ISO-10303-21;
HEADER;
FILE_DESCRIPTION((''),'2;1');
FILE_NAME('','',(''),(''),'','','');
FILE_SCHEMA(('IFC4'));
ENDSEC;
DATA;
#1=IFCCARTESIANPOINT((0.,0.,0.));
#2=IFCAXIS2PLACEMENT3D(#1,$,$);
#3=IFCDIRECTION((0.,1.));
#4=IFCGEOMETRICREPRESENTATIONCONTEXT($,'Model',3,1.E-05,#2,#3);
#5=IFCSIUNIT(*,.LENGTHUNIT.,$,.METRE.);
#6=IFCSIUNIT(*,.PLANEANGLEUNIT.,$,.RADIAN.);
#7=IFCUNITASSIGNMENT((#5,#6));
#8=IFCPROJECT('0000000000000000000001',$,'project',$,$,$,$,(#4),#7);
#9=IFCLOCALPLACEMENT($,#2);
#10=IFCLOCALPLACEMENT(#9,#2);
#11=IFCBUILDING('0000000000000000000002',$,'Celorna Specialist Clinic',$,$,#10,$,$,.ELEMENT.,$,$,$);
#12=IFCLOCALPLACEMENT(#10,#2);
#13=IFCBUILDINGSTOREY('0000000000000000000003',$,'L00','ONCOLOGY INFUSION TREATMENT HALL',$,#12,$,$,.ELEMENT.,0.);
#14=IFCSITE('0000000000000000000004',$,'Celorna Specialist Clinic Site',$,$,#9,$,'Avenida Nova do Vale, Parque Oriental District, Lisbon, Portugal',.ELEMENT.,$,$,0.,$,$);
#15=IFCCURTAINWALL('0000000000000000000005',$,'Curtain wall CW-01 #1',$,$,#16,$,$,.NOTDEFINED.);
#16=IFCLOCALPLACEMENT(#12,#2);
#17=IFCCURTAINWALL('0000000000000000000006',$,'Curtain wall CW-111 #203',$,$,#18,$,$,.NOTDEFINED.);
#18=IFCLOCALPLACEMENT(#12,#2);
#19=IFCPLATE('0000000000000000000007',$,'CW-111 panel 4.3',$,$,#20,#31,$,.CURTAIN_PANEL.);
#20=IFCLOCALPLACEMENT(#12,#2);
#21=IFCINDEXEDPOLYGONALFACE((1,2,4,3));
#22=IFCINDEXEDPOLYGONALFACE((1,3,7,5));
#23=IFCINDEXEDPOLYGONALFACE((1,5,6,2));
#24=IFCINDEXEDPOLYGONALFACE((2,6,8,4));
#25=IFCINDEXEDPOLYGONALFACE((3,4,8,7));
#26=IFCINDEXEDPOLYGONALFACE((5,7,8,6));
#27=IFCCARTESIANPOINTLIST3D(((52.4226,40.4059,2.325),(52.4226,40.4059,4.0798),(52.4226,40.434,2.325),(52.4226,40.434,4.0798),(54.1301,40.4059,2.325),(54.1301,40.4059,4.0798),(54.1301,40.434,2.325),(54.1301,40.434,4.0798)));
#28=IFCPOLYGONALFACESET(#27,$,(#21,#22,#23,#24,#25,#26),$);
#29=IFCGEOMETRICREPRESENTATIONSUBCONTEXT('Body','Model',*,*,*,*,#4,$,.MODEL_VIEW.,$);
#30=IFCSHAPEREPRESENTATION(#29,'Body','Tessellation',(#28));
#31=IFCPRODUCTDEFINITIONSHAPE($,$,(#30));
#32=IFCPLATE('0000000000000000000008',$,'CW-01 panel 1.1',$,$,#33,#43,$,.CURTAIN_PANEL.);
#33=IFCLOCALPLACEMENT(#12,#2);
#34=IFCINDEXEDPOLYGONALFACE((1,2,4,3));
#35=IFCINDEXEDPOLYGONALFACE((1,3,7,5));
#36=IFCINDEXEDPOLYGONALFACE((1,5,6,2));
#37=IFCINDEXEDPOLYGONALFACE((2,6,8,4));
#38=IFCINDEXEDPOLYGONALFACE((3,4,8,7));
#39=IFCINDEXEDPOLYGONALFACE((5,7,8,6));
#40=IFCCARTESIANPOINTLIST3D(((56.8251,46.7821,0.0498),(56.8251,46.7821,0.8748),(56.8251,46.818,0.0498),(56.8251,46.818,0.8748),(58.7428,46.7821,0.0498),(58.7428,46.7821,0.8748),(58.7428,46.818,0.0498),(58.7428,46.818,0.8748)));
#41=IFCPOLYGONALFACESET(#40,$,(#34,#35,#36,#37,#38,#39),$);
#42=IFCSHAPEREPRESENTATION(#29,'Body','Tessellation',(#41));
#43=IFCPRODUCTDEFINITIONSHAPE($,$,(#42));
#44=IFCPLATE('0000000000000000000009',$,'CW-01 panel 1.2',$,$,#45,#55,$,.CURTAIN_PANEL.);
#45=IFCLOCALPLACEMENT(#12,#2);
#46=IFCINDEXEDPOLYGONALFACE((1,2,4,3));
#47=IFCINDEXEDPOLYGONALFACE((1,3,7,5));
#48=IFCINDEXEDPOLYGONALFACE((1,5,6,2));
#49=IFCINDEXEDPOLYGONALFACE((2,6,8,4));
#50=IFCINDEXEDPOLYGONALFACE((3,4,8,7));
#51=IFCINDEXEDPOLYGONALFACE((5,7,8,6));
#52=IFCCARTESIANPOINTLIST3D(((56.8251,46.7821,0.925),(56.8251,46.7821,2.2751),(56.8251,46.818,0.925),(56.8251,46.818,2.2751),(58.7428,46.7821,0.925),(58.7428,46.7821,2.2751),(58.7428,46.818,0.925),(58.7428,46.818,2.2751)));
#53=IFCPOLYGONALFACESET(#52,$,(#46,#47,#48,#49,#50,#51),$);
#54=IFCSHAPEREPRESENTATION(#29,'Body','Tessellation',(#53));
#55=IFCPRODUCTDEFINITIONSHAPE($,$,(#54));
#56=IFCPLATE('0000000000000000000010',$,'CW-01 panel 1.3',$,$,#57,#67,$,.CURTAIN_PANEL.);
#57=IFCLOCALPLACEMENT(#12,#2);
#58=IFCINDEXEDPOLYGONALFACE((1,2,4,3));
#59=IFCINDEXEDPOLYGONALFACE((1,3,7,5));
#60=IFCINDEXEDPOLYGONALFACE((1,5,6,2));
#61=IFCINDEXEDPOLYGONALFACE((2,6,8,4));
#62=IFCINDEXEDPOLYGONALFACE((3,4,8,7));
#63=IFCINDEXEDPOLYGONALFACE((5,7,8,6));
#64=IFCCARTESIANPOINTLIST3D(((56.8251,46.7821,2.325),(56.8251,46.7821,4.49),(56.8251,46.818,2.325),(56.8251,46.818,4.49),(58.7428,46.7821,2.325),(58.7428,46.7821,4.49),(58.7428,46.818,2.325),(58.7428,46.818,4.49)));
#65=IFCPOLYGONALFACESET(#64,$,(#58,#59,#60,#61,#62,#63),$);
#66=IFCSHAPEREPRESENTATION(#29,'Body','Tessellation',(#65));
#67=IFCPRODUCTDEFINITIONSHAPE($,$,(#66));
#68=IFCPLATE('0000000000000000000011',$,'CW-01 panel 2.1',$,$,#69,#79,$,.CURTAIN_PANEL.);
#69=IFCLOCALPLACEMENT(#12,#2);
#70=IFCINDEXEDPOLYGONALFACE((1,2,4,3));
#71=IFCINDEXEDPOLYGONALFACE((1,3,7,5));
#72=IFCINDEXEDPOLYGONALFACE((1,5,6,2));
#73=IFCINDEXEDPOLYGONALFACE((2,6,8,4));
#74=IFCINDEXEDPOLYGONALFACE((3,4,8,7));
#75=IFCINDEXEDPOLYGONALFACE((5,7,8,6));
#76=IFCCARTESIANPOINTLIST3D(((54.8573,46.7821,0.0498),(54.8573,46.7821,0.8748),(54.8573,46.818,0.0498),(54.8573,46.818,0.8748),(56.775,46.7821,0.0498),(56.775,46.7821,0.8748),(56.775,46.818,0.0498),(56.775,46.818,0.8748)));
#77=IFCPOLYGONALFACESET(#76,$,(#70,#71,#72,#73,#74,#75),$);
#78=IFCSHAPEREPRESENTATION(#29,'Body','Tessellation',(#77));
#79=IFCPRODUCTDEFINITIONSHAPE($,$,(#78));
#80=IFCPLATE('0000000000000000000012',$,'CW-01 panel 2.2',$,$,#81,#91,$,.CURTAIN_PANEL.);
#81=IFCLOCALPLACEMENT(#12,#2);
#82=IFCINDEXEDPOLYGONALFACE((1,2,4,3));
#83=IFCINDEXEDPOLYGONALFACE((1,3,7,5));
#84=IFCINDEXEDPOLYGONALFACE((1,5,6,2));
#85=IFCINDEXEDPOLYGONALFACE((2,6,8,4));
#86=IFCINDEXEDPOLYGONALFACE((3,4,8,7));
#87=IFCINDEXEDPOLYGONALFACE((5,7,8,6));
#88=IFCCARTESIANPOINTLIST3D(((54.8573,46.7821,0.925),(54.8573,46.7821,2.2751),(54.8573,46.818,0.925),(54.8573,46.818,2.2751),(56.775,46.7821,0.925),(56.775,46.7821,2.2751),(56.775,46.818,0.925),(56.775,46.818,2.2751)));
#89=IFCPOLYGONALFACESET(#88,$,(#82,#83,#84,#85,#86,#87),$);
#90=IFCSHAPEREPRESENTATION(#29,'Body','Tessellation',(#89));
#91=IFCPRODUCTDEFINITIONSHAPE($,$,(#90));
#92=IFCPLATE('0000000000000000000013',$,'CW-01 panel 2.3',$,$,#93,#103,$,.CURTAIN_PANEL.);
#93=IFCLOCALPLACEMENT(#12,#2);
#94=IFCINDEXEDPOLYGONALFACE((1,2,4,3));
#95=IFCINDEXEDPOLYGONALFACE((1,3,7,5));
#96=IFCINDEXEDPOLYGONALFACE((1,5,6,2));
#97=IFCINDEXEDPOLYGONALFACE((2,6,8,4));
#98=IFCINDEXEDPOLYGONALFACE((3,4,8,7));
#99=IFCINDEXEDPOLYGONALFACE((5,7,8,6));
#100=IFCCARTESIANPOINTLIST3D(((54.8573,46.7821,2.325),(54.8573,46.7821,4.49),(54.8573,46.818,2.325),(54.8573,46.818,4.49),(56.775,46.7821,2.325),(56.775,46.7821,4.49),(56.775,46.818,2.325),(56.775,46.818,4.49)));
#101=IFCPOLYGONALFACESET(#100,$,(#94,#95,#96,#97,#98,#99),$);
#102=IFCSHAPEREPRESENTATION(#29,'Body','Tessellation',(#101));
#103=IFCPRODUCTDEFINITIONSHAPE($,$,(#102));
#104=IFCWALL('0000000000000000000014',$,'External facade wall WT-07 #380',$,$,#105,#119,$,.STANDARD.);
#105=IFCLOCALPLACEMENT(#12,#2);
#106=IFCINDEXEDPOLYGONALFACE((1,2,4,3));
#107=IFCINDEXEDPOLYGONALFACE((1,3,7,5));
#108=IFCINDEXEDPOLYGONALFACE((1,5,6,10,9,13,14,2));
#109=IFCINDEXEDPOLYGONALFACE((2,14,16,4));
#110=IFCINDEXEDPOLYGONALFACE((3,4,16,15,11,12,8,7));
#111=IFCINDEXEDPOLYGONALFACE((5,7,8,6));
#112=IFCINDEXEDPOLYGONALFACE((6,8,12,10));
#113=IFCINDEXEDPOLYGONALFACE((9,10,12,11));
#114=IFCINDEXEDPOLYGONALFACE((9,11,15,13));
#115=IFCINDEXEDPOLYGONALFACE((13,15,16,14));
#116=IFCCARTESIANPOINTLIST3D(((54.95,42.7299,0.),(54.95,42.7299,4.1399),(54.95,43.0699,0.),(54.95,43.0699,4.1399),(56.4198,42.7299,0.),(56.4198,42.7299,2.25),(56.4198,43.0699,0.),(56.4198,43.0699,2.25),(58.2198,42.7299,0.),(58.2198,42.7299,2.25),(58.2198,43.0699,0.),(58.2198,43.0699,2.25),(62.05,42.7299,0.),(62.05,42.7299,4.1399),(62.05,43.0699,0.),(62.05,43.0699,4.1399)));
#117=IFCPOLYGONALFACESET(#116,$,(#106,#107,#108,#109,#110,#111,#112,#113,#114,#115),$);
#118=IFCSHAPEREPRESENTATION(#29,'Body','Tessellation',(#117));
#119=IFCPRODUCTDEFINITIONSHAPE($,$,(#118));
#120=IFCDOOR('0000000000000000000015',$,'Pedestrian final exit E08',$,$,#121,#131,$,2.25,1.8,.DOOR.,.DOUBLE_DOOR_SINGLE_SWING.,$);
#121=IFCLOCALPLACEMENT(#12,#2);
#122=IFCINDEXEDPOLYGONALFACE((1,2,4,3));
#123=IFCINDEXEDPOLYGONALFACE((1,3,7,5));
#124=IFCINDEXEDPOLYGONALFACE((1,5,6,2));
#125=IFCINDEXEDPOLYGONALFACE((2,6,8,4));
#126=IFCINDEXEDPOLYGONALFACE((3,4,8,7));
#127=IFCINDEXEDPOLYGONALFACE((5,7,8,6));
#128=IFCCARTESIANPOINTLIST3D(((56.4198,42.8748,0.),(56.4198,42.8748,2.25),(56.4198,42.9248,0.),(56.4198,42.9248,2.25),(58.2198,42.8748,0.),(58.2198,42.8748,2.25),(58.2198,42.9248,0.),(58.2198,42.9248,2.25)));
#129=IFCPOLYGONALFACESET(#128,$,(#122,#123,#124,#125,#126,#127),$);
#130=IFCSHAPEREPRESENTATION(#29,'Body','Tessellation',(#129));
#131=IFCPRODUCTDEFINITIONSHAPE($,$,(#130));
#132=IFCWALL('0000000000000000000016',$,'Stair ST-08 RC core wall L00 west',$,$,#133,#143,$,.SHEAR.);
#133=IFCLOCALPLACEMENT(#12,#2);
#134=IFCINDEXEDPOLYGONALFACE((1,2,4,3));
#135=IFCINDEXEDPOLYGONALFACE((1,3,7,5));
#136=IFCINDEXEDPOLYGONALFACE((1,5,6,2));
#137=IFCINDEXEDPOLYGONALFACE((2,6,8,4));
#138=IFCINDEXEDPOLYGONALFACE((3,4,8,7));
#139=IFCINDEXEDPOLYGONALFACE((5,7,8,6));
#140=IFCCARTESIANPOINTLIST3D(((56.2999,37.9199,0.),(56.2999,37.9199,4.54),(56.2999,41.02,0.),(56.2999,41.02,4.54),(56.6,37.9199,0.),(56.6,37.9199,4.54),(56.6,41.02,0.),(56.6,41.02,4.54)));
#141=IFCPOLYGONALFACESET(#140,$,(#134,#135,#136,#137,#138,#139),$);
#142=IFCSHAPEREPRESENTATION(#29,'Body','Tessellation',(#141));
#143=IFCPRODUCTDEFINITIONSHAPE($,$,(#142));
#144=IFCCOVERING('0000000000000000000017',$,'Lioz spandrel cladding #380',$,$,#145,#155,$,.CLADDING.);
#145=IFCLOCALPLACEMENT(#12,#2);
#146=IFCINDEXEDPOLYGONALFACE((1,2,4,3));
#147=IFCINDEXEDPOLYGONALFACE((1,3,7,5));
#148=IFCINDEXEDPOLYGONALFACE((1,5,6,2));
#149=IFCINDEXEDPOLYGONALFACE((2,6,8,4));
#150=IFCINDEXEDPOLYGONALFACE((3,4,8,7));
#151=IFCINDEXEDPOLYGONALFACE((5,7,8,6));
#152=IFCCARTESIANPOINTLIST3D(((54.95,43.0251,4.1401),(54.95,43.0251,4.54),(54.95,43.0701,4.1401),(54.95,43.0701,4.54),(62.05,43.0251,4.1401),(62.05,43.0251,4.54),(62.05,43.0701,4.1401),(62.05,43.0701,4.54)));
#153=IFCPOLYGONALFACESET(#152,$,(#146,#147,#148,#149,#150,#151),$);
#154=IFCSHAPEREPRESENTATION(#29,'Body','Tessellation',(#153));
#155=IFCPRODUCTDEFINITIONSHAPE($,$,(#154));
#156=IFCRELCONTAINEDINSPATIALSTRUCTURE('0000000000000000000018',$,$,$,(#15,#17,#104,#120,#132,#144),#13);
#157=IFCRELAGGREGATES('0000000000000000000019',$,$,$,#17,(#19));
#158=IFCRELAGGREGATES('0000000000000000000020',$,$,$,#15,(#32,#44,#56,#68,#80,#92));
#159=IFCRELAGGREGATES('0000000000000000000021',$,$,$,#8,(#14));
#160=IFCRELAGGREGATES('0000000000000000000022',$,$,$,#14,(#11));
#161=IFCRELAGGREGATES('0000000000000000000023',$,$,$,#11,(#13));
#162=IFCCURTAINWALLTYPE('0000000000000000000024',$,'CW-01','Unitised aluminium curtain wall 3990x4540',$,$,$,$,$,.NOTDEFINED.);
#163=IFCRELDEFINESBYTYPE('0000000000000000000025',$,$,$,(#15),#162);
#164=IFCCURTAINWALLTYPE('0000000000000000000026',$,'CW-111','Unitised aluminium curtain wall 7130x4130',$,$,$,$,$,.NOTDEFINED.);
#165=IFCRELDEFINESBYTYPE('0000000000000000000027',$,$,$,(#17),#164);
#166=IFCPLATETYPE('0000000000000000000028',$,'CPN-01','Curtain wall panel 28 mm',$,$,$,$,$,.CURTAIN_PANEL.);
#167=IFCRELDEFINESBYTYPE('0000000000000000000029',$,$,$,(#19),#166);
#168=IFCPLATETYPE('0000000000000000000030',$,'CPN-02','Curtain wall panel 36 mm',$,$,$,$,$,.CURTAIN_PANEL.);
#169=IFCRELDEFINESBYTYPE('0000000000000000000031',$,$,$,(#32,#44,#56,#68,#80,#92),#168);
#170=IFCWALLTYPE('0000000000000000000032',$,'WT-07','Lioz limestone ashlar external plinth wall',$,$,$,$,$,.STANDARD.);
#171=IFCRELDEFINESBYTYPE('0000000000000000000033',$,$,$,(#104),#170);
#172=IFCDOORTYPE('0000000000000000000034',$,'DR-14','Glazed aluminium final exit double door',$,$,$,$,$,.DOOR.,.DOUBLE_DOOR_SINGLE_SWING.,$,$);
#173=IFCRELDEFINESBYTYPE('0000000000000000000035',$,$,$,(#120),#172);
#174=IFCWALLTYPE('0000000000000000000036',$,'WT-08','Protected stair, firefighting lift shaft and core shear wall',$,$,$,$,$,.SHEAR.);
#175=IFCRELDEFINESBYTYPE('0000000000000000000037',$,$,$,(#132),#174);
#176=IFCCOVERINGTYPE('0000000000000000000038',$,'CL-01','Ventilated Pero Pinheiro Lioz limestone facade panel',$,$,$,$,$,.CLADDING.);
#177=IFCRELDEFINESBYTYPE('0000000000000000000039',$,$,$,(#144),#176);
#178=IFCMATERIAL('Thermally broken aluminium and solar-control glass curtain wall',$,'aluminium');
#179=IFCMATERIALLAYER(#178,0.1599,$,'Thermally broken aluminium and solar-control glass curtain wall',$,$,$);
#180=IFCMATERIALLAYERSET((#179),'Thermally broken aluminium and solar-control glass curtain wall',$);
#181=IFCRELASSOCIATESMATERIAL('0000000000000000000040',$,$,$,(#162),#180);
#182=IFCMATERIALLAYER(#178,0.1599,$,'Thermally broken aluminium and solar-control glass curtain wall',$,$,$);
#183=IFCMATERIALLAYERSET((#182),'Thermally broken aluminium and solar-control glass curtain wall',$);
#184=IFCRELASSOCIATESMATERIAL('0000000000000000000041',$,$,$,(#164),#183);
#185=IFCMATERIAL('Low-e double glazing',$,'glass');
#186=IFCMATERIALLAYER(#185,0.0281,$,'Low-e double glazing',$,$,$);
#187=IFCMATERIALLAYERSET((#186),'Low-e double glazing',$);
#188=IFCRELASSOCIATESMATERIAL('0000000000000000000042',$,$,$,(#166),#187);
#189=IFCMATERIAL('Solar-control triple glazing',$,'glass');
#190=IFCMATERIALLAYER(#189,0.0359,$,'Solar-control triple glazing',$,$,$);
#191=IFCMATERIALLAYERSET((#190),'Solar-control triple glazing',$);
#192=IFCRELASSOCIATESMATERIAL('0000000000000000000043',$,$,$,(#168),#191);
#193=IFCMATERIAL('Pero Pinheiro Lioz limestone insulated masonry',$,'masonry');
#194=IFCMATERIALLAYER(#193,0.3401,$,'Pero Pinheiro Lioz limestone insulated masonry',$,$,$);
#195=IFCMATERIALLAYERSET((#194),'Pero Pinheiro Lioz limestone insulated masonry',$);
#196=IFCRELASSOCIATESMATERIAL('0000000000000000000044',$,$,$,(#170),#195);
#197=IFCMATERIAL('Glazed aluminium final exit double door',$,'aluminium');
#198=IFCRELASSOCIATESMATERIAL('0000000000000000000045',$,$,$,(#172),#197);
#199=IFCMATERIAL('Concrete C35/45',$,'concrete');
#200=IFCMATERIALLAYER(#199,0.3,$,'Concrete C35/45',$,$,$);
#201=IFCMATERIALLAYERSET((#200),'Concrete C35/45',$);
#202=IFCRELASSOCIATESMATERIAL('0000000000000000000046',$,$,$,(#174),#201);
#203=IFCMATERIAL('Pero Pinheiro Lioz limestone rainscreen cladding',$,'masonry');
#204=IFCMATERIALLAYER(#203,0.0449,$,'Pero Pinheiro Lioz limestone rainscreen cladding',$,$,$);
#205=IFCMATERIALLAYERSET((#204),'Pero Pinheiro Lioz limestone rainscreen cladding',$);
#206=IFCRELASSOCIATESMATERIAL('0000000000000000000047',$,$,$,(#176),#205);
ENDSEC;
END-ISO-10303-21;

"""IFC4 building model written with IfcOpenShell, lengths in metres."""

from ifc_helpers import new_model, si_unit, direction, frame, frame_2d, origin, origin_2d, place, context, subcontext, project, spatial, rectangle, extrude, material, layer, layer_set, type_object, element, fill, aggregate, save


model = new_model("IFC4")

# Units and contexts
model_context = context("Model", 3, precision=1e-05, world=origin(), true_north=direction((0.0, 1.0)))
body_context = subcontext(model_context, "Body", "Model", "MODEL_VIEW")
ifc_project = project(units=[si_unit("LENGTHUNIT", "METRE"), si_unit("PLANEANGLEUNIT", "RADIAN")], contexts=[model_context])

# Site, building, storey
site_placement = place(None, origin())
site = spatial("IfcSite", under=ifc_project, at=site_placement, Name="Celorna Specialist Clinic Site", LongName="Avenida Nova do Vale, Parque Oriental District, Lisbon, Portugal", CompositionType="ELEMENT", RefElevation=0.0)
building_placement = place(site_placement, origin())
building = spatial("IfcBuilding", under=site, at=building_placement, Name="Celorna Specialist Clinic", CompositionType="ELEMENT")
storey_placement = place(building_placement, origin())
storey = spatial("IfcBuildingStorey", under=building, at=storey_placement, Name="L00", Description="ONCOLOGY INFUSION TREATMENT HALL", CompositionType="ELEMENT", Elevation=0.0)

# Curtain walls
ifc_material_1 = material(Name="Thermally broken aluminium and solar-control glass curtain wall", Category="aluminium")
ifc_layer_1 = layer(ifc_material_1, 0.1599, Name="Thermally broken aluminium and solar-control glass curtain wall")
ifc_layer_set_1 = layer_set([ifc_layer_1], Name="Thermally broken aluminium and solar-control glass curtain wall")
curtain_wall_type_1 = type_object("IfcCurtainWallType", Name="CW-01", Description="Unitised aluminium curtain wall 3990x4540", PredefinedType="NOTDEFINED", material=ifc_layer_set_1)
curtain_wall_1_placement = place(storey_placement, origin())
curtain_wall_1 = element("IfcCurtainWall", 1, at=curtain_wall_1_placement, inside=storey, type_object=curtain_wall_type_1, Name="Curtain wall CW-01 #1", PredefinedType="NOTDEFINED")
ifc_layer_2 = layer(ifc_material_1, 0.1599, Name="Thermally broken aluminium and solar-control glass curtain wall")
ifc_layer_set_2 = layer_set([ifc_layer_2], Name="Thermally broken aluminium and solar-control glass curtain wall")
curtain_wall_type_2 = type_object("IfcCurtainWallType", Name="CW-111", Description="Unitised aluminium curtain wall 7130x4130", PredefinedType="NOTDEFINED", material=ifc_layer_set_2)
curtain_wall_2_placement = place(storey_placement, origin())
curtain_wall_2 = element("IfcCurtainWall", 2, at=curtain_wall_2_placement, inside=storey, type_object=curtain_wall_type_2, Name="Curtain wall CW-111 #203", PredefinedType="NOTDEFINED")

# Plates
ifc_material_2 = material(Name="Low-e double glazing", Category="glass")
ifc_layer_3 = layer(ifc_material_2, 0.0281, Name="Low-e double glazing")
ifc_layer_set_3 = layer_set([ifc_layer_3], Name="Low-e double glazing")
plate_type_1 = type_object("IfcPlateType", Name="CPN-01", Description="Curtain wall panel 28 mm", PredefinedType="CURTAIN_PANEL", material=ifc_layer_set_3)
plate_1_placement = place(storey_placement, frame((53.2764, 40.4199, 2.325), z_axis=(0.0, 0.0, 1.0), x_axis=(1.0, 0.0, 0.0)))
plate_1 = element("IfcPlate", 3, at=plate_1_placement, type_object=plate_type_1, Name="CW-111 panel 4.3", PredefinedType="CURTAIN_PANEL", context=body_context, shape_type="SweptSolid", body=[
    extrude(rectangle(XDim=1.7075, YDim=0.0281, at=origin_2d()), origin(), (0.0, 0.0, 1.0), 1.7549),
])
aggregate(curtain_wall_2, [plate_1])
ifc_material_3 = material(Name="Solar-control triple glazing", Category="glass")
ifc_layer_4 = layer(ifc_material_3, 0.0359, Name="Solar-control triple glazing")
ifc_layer_set_4 = layer_set([ifc_layer_4], Name="Solar-control triple glazing")
plate_type_2 = type_object("IfcPlateType", Name="CPN-02", Description="Curtain wall panel 36 mm", PredefinedType="CURTAIN_PANEL", material=ifc_layer_set_4)
plate_2_placement = place(storey_placement, frame((57.7839, 46.8, 0.0498), z_axis=(0.0, 0.0, 1.0), x_axis=(-1.0, 0.0, 0.0)))
plate_2 = element("IfcPlate", 4, at=plate_2_placement, type_object=plate_type_2, Name="CW-01 panel 1.1", PredefinedType="CURTAIN_PANEL", context=body_context, shape_type="SweptSolid", body=[
    extrude(rectangle(XDim=1.9177, YDim=0.0359, at=origin_2d()), origin(), (0.0, 0.0, 1.0), 0.825),
])
plate_3_placement = place(storey_placement, frame((57.7839, 46.8, 0.925), z_axis=(0.0, 0.0, 1.0), x_axis=(-1.0, 0.0, 0.0)))
plate_3 = element("IfcPlate", 5, at=plate_3_placement, type_object=plate_type_2, Name="CW-01 panel 1.2", PredefinedType="CURTAIN_PANEL", context=body_context, shape_type="SweptSolid", body=[
    extrude(rectangle(XDim=1.9177, YDim=0.0359, at=origin_2d()), origin(), (0.0, 0.0, 1.0), 1.3501),
])
plate_4_placement = place(storey_placement, frame((57.7839, 46.8, 2.325), z_axis=(0.0, 0.0, 1.0), x_axis=(-1.0, 0.0, 0.0)))
plate_4 = element("IfcPlate", 6, at=plate_4_placement, type_object=plate_type_2, Name="CW-01 panel 1.3", PredefinedType="CURTAIN_PANEL", context=body_context, shape_type="SweptSolid", body=[
    extrude(rectangle(XDim=1.9177, YDim=0.0359, at=origin_2d()), origin(), (0.0, 0.0, 1.0), 2.165),
])
plate_5_placement = place(storey_placement, frame((55.8162, 46.8, 0.0498), z_axis=(0.0, 0.0, 1.0), x_axis=(-1.0, 0.0, 0.0)))
plate_5 = element("IfcPlate", 7, at=plate_5_placement, type_object=plate_type_2, Name="CW-01 panel 2.1", PredefinedType="CURTAIN_PANEL", context=body_context, shape_type="SweptSolid", body=[
    extrude(rectangle(XDim=1.9177, YDim=0.0359, at=origin_2d()), origin(), (0.0, 0.0, 1.0), 0.825),
])
plate_6_placement = place(storey_placement, frame((55.8162, 46.8, 0.925), z_axis=(0.0, 0.0, 1.0), x_axis=(-1.0, 0.0, 0.0)))
plate_6 = element("IfcPlate", 8, at=plate_6_placement, type_object=plate_type_2, Name="CW-01 panel 2.2", PredefinedType="CURTAIN_PANEL", context=body_context, shape_type="SweptSolid", body=[
    extrude(rectangle(XDim=1.9177, YDim=0.0359, at=origin_2d()), origin(), (0.0, 0.0, 1.0), 1.3501),
])
plate_7_placement = place(storey_placement, frame((55.8162, 46.8, 2.325), z_axis=(0.0, 0.0, 1.0), x_axis=(-1.0, 0.0, 0.0)))
plate_7 = element("IfcPlate", 9, at=plate_7_placement, type_object=plate_type_2, Name="CW-01 panel 2.3", PredefinedType="CURTAIN_PANEL", context=body_context, shape_type="SweptSolid", body=[
    extrude(rectangle(XDim=1.9177, YDim=0.0359, at=origin_2d()), origin(), (0.0, 0.0, 1.0), 2.165),
])
aggregate(curtain_wall_1, [plate_2, plate_3, plate_4, plate_5, plate_6, plate_7])

# Wall, opening, door
ifc_material_4 = material(Name="Pero Pinheiro Lioz limestone insulated masonry", Category="masonry")
ifc_layer_5 = layer(ifc_material_4, 0.3401, Name="Pero Pinheiro Lioz limestone insulated masonry")
ifc_layer_set_5 = layer_set([ifc_layer_5], Name="Pero Pinheiro Lioz limestone insulated masonry")
wall_type_1 = type_object("IfcWallType", Name="WT-07", Description="Lioz limestone ashlar external plinth wall", PredefinedType="STANDARD", material=ifc_layer_set_5)
wall_1_placement = place(storey_placement, frame((54.95, 42.8999, 0.0), z_axis=(0.0, 0.0, 1.0), x_axis=(1.0, 0.0, 0.0)))
wall_1 = element("IfcWall", 10, at=wall_1_placement, inside=storey, type_object=wall_type_1, Name="External facade wall WT-07 #380", PredefinedType="STANDARD", context=body_context, shape_type="SweptSolid", body=[
    extrude(rectangle(XDim=7.1001, YDim=0.3401, at=frame_2d((3.55, 0.0))), origin(), (0.0, 0.0, 1.0), 4.1399),
])
opening_placement = place(wall_1_placement, frame((1.47, 0.0, 0.0)))
opening = element("IfcOpeningElement", 11, at=opening_placement, cuts=wall_1, PredefinedType="OPENING", context=body_context, shape_type="SweptSolid", body=[
    extrude(rectangle(XDim=1.8, YDim=2.25, at=frame_2d((0.8999, 1.125))), frame((0.0, 0.1799, 0.0), z_axis=(0.0, -1.0, 0.0), x_axis=(1.0, 0.0, 0.0)), (0.0, 0.0, 1.0), 0.3601),
])
ifc_material_5 = material(Name="Glazed aluminium final exit double door", Category="aluminium")
door_type = type_object("IfcDoorType", Name="DR-14", Description="Glazed aluminium final exit double door", OperationType="DOUBLE_DOOR_SINGLE_SWING", PredefinedType="DOOR", material=ifc_material_5)
door_placement = place(opening_placement, origin())
door = element("IfcDoor", 12, at=door_placement, inside=storey, type_object=door_type, Name="Pedestrian final exit E08", OperationType="DOUBLE_DOOR_SINGLE_SWING", OverallHeight=2.25, OverallWidth=1.8, PredefinedType="DOOR", context=body_context, shape_type="SweptSolid", body=[
    extrude(rectangle(XDim=1.8, YDim=2.25, at=frame_2d((0.8999, 1.125))), frame((0.0, 0.0249, 0.0), z_axis=(0.0, -1.0, 0.0), x_axis=(1.0, 0.0, 0.0)), (0.0, 0.0, 1.0), 0.05),
])
fill(opening, door)

# Wall
ifc_material_6 = material(Name="Concrete C35/45", Category="concrete")
ifc_layer_6 = layer(ifc_material_6, 0.3, Name="Concrete C35/45")
ifc_layer_set_6 = layer_set([ifc_layer_6], Name="Concrete C35/45")
wall_type_2 = type_object("IfcWallType", Name="WT-08", Description="Protected stair, firefighting lift shaft and core shear wall", PredefinedType="SHEAR", material=ifc_layer_set_6)
wall_2_placement = place(storey_placement, frame((56.45, 41.02, 0.0), z_axis=(0.0, 0.0, 1.0), x_axis=(0.0, -1.0, 0.0)))
element("IfcWall", 13, at=wall_2_placement, inside=storey, type_object=wall_type_2, Name="Stair ST-08 RC core wall L00 west", PredefinedType="SHEAR", context=body_context, shape_type="SweptSolid", body=[
    extrude(rectangle(XDim=3.1001, YDim=0.3, at=frame_2d((1.55, 0.0))), origin(), (0.0, 0.0, 1.0), 4.54),
])

# Covering
ifc_material_7 = material(Name="Pero Pinheiro Lioz limestone rainscreen cladding", Category="masonry")
ifc_layer_7 = layer(ifc_material_7, 0.0449, Name="Pero Pinheiro Lioz limestone rainscreen cladding")
ifc_layer_set_7 = layer_set([ifc_layer_7], Name="Pero Pinheiro Lioz limestone rainscreen cladding")
covering_type = type_object("IfcCoveringType", Name="CL-01", Description="Ventilated Pero Pinheiro Lioz limestone facade panel", PredefinedType="CLADDING", material=ifc_layer_set_7)
covering_placement = place(storey_placement, frame((58.5, 43.0476, 4.1401), z_axis=(0.0, 0.0, 1.0), x_axis=(1.0, 0.0, 0.0)))
element("IfcCovering", 14, at=covering_placement, inside=storey, type_object=covering_type, Name="Lioz spandrel cladding #380", PredefinedType="CLADDING", context=body_context, shape_type="SweptSolid", body=[
    extrude(rectangle(XDim=7.1001, YDim=0.0449, at=origin_2d()), origin(), (0.0, 0.0, 1.0), 0.3999),
])

save(model, "model.ifc")
